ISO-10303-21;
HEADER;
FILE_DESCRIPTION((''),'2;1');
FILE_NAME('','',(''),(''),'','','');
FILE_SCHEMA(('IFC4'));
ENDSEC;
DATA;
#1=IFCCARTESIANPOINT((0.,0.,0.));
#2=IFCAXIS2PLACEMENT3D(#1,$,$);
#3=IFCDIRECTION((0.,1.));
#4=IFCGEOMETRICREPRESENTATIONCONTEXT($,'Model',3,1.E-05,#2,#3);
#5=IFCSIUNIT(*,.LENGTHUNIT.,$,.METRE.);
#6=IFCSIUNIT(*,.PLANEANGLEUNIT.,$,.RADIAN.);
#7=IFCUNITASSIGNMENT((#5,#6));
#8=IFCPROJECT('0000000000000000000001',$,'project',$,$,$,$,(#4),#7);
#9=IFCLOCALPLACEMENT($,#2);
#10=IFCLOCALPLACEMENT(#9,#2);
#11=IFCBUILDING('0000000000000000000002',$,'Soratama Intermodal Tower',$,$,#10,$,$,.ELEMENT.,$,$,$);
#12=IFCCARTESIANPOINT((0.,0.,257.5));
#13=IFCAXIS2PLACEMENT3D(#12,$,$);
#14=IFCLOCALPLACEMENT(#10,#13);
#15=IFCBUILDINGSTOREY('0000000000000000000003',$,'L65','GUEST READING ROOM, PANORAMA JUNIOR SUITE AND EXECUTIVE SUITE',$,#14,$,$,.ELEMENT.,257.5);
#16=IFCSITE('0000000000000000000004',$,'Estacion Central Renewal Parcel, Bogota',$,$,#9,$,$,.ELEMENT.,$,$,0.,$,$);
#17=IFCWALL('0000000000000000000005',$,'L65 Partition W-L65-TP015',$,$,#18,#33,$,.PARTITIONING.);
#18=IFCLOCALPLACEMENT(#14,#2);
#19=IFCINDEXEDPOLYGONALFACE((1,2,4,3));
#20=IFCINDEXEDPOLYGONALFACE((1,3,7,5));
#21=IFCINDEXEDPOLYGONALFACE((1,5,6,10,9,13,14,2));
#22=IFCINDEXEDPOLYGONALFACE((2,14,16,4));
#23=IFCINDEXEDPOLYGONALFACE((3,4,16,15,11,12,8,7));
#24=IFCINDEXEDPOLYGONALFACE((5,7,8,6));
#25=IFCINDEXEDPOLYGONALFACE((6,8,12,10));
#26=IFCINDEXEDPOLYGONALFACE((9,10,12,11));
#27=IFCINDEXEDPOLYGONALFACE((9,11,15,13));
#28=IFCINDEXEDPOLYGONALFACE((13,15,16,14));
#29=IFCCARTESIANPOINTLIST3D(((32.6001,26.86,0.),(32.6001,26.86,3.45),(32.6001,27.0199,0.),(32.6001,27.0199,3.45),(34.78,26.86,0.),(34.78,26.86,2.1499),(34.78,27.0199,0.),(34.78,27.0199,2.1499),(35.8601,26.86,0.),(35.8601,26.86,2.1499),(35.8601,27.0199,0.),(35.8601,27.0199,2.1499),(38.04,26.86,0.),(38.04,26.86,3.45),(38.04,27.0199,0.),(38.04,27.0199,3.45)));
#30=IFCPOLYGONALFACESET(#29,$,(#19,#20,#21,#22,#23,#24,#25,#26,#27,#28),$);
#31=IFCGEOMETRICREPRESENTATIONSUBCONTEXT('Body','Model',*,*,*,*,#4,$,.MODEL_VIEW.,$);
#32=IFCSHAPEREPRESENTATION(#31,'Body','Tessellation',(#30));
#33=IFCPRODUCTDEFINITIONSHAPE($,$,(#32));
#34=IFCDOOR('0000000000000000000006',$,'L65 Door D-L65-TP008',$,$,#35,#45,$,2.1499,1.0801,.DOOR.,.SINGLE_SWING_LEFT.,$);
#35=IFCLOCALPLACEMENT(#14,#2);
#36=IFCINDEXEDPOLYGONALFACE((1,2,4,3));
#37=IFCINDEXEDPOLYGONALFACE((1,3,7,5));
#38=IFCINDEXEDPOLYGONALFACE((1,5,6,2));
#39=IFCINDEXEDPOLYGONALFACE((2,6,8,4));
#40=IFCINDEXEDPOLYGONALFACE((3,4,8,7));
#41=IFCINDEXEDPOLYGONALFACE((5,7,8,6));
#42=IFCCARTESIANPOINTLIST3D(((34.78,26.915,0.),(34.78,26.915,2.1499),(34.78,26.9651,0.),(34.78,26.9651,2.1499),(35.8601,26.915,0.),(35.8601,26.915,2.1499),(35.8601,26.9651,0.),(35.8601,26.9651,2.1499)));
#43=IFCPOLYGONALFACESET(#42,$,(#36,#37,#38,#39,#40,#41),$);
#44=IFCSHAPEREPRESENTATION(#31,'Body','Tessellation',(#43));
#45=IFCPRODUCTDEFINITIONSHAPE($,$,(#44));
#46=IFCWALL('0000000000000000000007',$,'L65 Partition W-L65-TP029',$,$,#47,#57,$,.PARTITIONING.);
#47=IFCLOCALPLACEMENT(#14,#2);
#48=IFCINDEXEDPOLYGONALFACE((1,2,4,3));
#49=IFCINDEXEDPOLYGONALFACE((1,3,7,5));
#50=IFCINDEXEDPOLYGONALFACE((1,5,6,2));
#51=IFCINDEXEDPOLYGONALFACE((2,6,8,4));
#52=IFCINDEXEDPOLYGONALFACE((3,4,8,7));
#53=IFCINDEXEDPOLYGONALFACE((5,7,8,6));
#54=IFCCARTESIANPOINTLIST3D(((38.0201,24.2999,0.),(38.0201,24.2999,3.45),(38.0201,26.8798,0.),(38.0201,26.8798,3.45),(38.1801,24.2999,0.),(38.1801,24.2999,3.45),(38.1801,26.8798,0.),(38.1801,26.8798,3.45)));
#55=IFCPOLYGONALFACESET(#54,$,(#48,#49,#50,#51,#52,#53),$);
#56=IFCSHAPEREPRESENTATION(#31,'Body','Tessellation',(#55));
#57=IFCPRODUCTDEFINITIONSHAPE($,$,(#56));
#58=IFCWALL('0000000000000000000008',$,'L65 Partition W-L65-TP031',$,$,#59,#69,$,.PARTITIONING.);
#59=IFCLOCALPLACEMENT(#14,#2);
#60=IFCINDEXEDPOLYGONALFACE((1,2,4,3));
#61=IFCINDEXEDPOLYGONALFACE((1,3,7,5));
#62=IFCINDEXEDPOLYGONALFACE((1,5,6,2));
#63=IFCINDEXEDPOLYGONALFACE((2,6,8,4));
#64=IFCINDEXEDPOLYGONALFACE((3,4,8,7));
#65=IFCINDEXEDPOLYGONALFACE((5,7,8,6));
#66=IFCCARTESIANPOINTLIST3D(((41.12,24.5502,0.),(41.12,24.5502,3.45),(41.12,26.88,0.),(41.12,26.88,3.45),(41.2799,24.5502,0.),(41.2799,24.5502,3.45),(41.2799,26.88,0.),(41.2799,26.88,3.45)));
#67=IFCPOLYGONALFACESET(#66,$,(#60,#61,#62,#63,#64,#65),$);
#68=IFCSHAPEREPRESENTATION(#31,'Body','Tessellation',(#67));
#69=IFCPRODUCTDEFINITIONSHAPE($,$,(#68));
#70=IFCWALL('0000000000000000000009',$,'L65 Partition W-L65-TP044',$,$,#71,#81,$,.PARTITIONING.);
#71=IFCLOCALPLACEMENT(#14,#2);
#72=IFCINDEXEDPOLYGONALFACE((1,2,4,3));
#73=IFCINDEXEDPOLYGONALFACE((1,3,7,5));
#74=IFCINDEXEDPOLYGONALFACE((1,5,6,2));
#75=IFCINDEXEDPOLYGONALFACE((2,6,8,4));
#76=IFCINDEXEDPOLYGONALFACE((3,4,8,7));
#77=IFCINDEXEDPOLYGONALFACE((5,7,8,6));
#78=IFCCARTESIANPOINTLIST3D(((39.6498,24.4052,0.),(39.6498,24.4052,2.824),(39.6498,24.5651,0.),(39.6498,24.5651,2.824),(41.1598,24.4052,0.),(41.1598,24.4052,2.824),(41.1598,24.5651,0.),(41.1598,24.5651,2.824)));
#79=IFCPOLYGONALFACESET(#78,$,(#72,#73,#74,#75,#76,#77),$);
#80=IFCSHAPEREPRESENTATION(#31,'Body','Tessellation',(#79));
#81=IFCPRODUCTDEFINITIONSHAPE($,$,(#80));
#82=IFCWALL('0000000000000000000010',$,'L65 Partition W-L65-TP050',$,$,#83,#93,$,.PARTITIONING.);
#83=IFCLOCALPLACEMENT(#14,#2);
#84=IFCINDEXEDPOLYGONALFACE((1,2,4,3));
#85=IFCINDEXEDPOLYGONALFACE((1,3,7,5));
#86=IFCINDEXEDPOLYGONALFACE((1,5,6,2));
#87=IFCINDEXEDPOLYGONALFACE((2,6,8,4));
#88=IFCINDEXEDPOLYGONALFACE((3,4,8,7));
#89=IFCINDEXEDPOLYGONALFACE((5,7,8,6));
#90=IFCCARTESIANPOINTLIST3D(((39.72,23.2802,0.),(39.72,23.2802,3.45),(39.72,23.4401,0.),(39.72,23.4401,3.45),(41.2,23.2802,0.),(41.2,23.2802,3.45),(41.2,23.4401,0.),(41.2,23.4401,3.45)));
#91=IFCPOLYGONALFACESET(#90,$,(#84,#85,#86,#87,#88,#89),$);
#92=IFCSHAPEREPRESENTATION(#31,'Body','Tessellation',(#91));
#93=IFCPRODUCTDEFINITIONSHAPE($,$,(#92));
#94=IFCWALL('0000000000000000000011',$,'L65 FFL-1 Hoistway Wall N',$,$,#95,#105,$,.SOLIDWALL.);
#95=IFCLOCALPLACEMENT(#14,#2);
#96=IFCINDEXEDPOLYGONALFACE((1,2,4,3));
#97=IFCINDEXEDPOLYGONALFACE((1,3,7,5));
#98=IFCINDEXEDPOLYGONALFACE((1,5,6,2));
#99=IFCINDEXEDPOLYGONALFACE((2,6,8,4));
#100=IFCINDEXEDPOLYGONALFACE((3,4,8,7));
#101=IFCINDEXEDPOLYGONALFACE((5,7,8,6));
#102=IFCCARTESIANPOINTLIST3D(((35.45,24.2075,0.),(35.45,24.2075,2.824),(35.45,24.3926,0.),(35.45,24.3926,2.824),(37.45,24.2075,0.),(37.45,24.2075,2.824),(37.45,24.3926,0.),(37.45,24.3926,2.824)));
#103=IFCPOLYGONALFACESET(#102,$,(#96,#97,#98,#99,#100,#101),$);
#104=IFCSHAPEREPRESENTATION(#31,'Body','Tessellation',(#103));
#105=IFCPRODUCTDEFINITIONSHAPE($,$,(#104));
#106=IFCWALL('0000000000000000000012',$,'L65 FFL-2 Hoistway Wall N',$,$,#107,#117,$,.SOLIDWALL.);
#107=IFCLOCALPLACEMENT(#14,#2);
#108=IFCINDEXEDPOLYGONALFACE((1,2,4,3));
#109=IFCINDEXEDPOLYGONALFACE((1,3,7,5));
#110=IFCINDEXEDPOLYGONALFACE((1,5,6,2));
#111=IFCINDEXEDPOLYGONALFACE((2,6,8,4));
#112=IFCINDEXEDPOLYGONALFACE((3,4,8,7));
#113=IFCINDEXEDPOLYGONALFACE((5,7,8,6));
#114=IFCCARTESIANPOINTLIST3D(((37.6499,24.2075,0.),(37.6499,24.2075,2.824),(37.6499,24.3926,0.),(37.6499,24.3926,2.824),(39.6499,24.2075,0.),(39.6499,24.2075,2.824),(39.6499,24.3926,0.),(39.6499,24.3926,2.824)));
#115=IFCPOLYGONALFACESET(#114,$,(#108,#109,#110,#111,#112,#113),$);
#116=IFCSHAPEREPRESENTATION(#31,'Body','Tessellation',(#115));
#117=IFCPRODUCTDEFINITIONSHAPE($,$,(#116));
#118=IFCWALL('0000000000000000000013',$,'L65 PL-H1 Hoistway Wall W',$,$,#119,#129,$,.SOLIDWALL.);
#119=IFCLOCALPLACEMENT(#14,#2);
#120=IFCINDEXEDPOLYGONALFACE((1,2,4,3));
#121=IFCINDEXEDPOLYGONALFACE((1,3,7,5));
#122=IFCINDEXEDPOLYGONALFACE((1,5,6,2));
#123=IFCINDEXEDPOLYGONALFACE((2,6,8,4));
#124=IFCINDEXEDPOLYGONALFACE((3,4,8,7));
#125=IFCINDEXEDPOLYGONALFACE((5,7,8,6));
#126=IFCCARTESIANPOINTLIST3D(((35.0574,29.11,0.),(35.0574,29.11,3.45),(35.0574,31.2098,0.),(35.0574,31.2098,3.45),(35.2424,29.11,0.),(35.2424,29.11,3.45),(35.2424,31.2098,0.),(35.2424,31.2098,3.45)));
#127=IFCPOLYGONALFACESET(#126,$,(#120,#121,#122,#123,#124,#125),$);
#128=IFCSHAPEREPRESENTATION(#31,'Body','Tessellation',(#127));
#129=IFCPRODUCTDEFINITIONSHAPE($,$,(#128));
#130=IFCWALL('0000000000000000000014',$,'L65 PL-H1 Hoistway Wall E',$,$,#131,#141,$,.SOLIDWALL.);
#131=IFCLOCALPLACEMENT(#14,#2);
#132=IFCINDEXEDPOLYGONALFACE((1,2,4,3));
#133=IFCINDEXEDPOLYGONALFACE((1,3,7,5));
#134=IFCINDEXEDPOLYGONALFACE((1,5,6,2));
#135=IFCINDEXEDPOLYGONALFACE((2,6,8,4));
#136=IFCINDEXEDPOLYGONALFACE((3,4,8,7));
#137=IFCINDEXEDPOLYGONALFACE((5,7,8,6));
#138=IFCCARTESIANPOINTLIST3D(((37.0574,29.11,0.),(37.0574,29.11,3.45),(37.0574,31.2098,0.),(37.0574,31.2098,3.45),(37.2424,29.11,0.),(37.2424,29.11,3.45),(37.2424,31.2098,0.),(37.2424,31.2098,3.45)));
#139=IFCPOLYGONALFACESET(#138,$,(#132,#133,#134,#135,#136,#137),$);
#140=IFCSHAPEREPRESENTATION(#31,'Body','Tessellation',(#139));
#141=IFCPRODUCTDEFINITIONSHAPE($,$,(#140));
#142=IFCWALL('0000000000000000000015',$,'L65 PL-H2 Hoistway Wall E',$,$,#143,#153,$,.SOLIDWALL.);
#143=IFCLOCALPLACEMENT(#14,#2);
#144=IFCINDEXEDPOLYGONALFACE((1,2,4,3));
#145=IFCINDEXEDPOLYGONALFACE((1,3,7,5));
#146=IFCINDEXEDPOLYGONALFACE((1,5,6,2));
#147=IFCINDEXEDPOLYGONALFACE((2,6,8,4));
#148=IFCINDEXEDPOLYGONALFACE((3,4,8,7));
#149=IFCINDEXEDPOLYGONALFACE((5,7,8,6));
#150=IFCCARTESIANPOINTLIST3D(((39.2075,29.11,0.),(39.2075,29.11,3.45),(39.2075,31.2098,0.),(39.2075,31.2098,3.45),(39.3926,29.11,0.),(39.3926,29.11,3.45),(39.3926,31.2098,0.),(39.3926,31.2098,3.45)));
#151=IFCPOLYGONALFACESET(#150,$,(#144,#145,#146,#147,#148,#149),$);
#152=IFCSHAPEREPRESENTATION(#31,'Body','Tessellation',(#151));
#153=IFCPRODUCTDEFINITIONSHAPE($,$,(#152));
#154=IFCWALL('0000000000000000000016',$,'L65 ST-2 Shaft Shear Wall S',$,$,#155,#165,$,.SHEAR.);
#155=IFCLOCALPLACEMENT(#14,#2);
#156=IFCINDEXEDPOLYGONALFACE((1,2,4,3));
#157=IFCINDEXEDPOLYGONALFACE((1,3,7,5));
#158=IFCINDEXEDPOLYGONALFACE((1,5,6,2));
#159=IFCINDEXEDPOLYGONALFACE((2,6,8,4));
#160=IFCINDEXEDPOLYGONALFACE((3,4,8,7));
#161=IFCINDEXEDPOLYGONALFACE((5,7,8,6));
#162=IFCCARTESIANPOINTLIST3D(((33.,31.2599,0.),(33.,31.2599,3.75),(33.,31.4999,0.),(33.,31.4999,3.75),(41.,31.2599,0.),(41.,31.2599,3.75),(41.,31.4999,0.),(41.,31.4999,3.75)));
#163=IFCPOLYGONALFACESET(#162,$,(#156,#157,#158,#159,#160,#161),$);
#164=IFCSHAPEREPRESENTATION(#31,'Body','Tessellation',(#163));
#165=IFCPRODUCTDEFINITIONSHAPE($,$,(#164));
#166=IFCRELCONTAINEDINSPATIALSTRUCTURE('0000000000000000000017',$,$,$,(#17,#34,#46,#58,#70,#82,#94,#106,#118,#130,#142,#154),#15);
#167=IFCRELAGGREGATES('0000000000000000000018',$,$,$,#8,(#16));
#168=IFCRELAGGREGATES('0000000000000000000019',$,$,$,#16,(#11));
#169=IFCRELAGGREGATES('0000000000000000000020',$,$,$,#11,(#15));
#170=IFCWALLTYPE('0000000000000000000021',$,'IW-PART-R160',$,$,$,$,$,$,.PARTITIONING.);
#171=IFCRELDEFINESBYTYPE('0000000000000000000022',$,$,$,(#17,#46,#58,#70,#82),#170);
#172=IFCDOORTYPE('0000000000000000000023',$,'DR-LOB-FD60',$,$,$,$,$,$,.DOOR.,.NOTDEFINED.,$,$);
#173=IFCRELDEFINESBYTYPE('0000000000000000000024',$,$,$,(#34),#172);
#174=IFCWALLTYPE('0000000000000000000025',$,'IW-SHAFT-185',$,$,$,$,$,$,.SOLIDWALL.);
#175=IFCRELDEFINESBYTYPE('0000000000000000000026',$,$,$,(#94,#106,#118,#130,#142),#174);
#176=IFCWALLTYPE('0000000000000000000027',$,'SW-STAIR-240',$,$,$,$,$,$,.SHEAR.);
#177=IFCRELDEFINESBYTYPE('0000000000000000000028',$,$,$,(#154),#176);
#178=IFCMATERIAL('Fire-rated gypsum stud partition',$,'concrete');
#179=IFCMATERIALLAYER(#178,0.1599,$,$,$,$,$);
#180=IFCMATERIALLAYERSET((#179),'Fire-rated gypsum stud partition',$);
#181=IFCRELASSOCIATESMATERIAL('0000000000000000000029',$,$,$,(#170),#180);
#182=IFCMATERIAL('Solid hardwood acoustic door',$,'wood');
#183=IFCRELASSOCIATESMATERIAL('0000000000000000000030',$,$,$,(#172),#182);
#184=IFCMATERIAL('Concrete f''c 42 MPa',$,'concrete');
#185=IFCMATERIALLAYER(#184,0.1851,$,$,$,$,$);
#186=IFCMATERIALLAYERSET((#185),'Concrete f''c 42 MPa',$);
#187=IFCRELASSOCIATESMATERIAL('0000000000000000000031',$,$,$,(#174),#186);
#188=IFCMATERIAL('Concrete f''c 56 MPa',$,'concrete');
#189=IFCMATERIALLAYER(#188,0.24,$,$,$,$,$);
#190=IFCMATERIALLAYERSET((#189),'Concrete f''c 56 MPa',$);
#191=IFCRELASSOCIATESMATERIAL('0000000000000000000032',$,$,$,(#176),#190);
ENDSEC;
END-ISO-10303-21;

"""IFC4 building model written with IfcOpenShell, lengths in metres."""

from ifc_helpers import new_model, si_unit, direction, frame, frame_2d, origin, place, context, subcontext, project, spatial, rectangle, extrude, material, layer, layer_set, type_object, element, fill, save


model = new_model("IFC4")

# Units and contexts
model_context = context("Model", 3, precision=1e-05, world=origin(), true_north=direction((0.0, 1.0)))
body_context = subcontext(model_context, "Body", "Model", "MODEL_VIEW")
ifc_project = project(units=[si_unit("LENGTHUNIT", "METRE"), si_unit("PLANEANGLEUNIT", "RADIAN")], contexts=[model_context])

# Site, building, storey
site_placement = place(None, origin())
site = spatial("IfcSite", under=ifc_project, at=site_placement, Name="Estacion Central Renewal Parcel, Bogota", CompositionType="ELEMENT", RefElevation=0.0)
building_placement = place(site_placement, origin())
building = spatial("IfcBuilding", under=site, at=building_placement, Name="Soratama Intermodal Tower", CompositionType="ELEMENT")
storey_placement = place(building_placement, frame((0.0, 0.0, 257.5)))
storey = spatial("IfcBuildingStorey", under=building, at=storey_placement, Name="L65", Description="GUEST READING ROOM, PANORAMA JUNIOR SUITE AND EXECUTIVE SUITE", CompositionType="ELEMENT", Elevation=257.5)

# Wall, opening, door
ifc_material_1 = material(Name="Fire-rated gypsum stud partition", Category="concrete")
ifc_layer_1 = layer(ifc_material_1, 0.1599)
ifc_layer_set_1 = layer_set([ifc_layer_1], Name="Fire-rated gypsum stud partition")
wall_type_1 = type_object("IfcWallType", Name="IW-PART-R160", PredefinedType="PARTITIONING", material=ifc_layer_set_1)
wall_1_placement = place(storey_placement, frame((38.04, 26.9399, 0.0), z_axis=(0.0, 0.0, 1.0), x_axis=(-1.0, 0.0, 0.0)))
wall_1 = element("IfcWall", 1, at=wall_1_placement, inside=storey, type_object=wall_type_1, Name="L65 Partition W-L65-TP015", PredefinedType="PARTITIONING", context=body_context, shape_type="SweptSolid", body=[
    extrude(rectangle(XDim=5.4399, YDim=0.1599, at=frame_2d((2.72, 0.0))), origin(), (0.0, 0.0, 1.0), 3.45),
])
opening_1_placement = place(wall_1_placement, frame((2.1799, 0.0, 0.0)))
opening_1 = element("IfcOpeningElement", 2, at=opening_1_placement, cuts=wall_1, PredefinedType="OPENING", context=body_context, shape_type="SweptSolid", body=[
    extrude(rectangle(XDim=1.0801, YDim=2.1499, at=frame_2d((0.54, 1.075))), frame((0.0, 0.0898, 0.0), z_axis=(0.0, -1.0, 0.0), x_axis=(1.0, 0.0, 0.0)), (0.0, 0.0, 1.0), 0.1799),
])
ifc_material_2 = material(Name="Solid hardwood acoustic door", Category="wood")
door_type_1 = type_object("IfcDoorType", Name="DR-LOB-FD60", OperationType="NOTDEFINED", PredefinedType="DOOR", material=ifc_material_2)
door_1_placement = place(opening_1_placement, origin())
door_1 = element("IfcDoor", 3, at=door_1_placement, inside=storey, type_object=door_type_1, Name="L65 Door D-L65-TP008", OperationType="SINGLE_SWING_LEFT", OverallHeight=2.1499, OverallWidth=1.0801, PredefinedType="DOOR", context=body_context, shape_type="SweptSolid", body=[
    extrude(rectangle(XDim=1.0801, YDim=2.1499, at=frame_2d((0.54, 1.075))), frame((0.0, 0.0249, 0.0), z_axis=(0.0, -1.0, 0.0), x_axis=(1.0, 0.0, 0.0)), (0.0, 0.0, 1.0), 0.05),
])
fill(opening_1, door_1)

# Walls
wall_2_placement = place(storey_placement, frame((38.1001, 26.8799, 0.0), z_axis=(0.0, 0.0, 1.0), x_axis=(0.0, -1.0, 0.0)))
element("IfcWall", 4, at=wall_2_placement, inside=storey, type_object=wall_type_1, Name="L65 Partition W-L65-TP029", PredefinedType="PARTITIONING", context=body_context, shape_type="SweptSolid", body=[
    extrude(rectangle(XDim=2.5798, YDim=0.1599, at=frame_2d((1.29, 0.0))), origin(), (0.0, 0.0, 1.0), 3.45),
])
wall_3_placement = place(storey_placement, frame((41.2, 24.55, 0.0), z_axis=(0.0, 0.0, 1.0), x_axis=(0.0, 1.0, 0.0)))
element("IfcWall", 5, at=wall_3_placement, inside=storey, type_object=wall_type_1, Name="L65 Partition W-L65-TP031", PredefinedType="PARTITIONING", context=body_context, shape_type="SweptSolid", body=[
    extrude(rectangle(XDim=2.3298, YDim=0.1599, at=frame_2d((1.165, 0.0))), origin(), (0.0, 0.0, 1.0), 3.45),
])
wall_4_placement = place(storey_placement, frame((39.6499, 24.4851, 0.0), z_axis=(0.0, 0.0, 1.0), x_axis=(1.0, 0.0, 0.0)))
element("IfcWall", 6, at=wall_4_placement, inside=storey, type_object=wall_type_1, Name="L65 Partition W-L65-TP044", PredefinedType="PARTITIONING", context=body_context, shape_type="SweptSolid", body=[
    extrude(rectangle(XDim=1.51, YDim=0.1599, at=frame_2d((0.7549, 0.0))), origin(), (0.0, 0.0, 1.0), 2.824),
])
wall_5_placement = place(storey_placement, frame((41.2, 23.3601, 0.0), z_axis=(0.0, 0.0, 1.0), x_axis=(-1.0, 0.0, 0.0)))
element("IfcWall", 7, at=wall_5_placement, inside=storey, type_object=wall_type_1, Name="L65 Partition W-L65-TP050", PredefinedType="PARTITIONING", context=body_context, shape_type="SweptSolid", body=[
    extrude(rectangle(XDim=1.48, YDim=0.1599, at=frame_2d((0.74, 0.0))), origin(), (0.0, 0.0, 1.0), 3.45),
])

# Walls
ifc_material_3 = material(Name="Concrete f'c 42 MPa", Category="concrete")
ifc_layer_2 = layer(ifc_material_3, 0.1851)
ifc_layer_set_2 = layer_set([ifc_layer_2], Name="Concrete f'c 42 MPa")
wall_type_2 = type_object("IfcWallType", Name="IW-SHAFT-185", PredefinedType="SOLIDWALL", material=ifc_layer_set_2)
for number, where, z_axis, x_axis, name in (
    (8, (35.45, 24.3, 0.0), (0.0, 0.0, 1.0), (1.0, 0.0, 0.0), "L65 FFL-1 Hoistway Wall N"),
    (9, (37.6499, 24.3, 0.0), (0.0, 0.0, 1.0), (1.0, 0.0, 0.0), "L65 FFL-2 Hoistway Wall N"),
):
    element("IfcWall", number, at=place(storey_placement, frame(where, z_axis=z_axis, x_axis=x_axis)), inside=storey, type_object=wall_type_2, Name=name, PredefinedType="SOLIDWALL", context=body_context, shape_type="SweptSolid", body=[
        extrude(rectangle(XDim=2.0, YDim=0.1851, at=frame_2d((1.0, 0.0))), origin(), (0.0, 0.0, 1.0), 2.824),
    ])

# Walls
for number, where, z_axis, x_axis, name in (
    (10, (35.1499, 29.1101, 0.0), (0.0, 0.0, 1.0), (0.0, 1.0, 0.0), "L65 PL-H1 Hoistway Wall W"),
    (11, (37.1499, 29.1101, 0.0), (0.0, 0.0, 1.0), (0.0, 1.0, 0.0), "L65 PL-H1 Hoistway Wall E"),
):
    element("IfcWall", number, at=place(storey_placement, frame(where, z_axis=z_axis, x_axis=x_axis)), inside=storey, type_object=wall_type_2, Name=name, PredefinedType="SOLIDWALL", context=body_context, shape_type="SweptSolid", body=[
        extrude(rectangle(XDim=2.0999, YDim=0.1851, at=frame_2d((1.0498, 0.0))), origin(), (0.0, 0.0, 1.0), 3.45),
    ])

# Wall
wall_6_placement = place(storey_placement, frame((39.3, 29.1101, 0.0), z_axis=(0.0, 0.0, 1.0), x_axis=(0.0, 1.0, 0.0)))
element("IfcWall", 12, at=wall_6_placement, inside=storey, type_object=wall_type_2, Name="L65 PL-H2 Hoistway Wall E", PredefinedType="SOLIDWALL", context=body_context, shape_type="SweptSolid", body=[
    extrude(rectangle(XDim=2.0999, YDim=0.1851, at=frame_2d((1.0498, 0.0))), origin(), (0.0, 0.0, 1.0), 3.45),
])

# Shared definitions
ifc_material_4 = material(Name="Concrete f'c 56 MPa", Category="concrete")
ifc_layer_3 = layer(ifc_material_4, 0.24)
ifc_layer_set_3 = layer_set([ifc_layer_3], Name="Concrete f'c 56 MPa")
wall_type_3 = type_object("IfcWallType", Name="SW-STAIR-240", PredefinedType="SHEAR", material=ifc_layer_set_3)

# Wall
wall_7_placement = place(storey_placement, frame((33.0, 31.3799, 0.0), z_axis=(0.0, 0.0, 1.0), x_axis=(1.0, 0.0, 0.0)))
element("IfcWall", 13, at=wall_7_placement, inside=storey, type_object=wall_type_3, Name="L65 ST-2 Shaft Shear Wall S", PredefinedType="SHEAR", context=body_context, shape_type="SweptSolid", body=[
    extrude(rectangle(XDim=8.0, YDim=0.24, at=frame_2d((4.0, 0.0))), origin(), (0.0, 0.0, 1.0), 3.75),
])

save(model, "model.ifc")
